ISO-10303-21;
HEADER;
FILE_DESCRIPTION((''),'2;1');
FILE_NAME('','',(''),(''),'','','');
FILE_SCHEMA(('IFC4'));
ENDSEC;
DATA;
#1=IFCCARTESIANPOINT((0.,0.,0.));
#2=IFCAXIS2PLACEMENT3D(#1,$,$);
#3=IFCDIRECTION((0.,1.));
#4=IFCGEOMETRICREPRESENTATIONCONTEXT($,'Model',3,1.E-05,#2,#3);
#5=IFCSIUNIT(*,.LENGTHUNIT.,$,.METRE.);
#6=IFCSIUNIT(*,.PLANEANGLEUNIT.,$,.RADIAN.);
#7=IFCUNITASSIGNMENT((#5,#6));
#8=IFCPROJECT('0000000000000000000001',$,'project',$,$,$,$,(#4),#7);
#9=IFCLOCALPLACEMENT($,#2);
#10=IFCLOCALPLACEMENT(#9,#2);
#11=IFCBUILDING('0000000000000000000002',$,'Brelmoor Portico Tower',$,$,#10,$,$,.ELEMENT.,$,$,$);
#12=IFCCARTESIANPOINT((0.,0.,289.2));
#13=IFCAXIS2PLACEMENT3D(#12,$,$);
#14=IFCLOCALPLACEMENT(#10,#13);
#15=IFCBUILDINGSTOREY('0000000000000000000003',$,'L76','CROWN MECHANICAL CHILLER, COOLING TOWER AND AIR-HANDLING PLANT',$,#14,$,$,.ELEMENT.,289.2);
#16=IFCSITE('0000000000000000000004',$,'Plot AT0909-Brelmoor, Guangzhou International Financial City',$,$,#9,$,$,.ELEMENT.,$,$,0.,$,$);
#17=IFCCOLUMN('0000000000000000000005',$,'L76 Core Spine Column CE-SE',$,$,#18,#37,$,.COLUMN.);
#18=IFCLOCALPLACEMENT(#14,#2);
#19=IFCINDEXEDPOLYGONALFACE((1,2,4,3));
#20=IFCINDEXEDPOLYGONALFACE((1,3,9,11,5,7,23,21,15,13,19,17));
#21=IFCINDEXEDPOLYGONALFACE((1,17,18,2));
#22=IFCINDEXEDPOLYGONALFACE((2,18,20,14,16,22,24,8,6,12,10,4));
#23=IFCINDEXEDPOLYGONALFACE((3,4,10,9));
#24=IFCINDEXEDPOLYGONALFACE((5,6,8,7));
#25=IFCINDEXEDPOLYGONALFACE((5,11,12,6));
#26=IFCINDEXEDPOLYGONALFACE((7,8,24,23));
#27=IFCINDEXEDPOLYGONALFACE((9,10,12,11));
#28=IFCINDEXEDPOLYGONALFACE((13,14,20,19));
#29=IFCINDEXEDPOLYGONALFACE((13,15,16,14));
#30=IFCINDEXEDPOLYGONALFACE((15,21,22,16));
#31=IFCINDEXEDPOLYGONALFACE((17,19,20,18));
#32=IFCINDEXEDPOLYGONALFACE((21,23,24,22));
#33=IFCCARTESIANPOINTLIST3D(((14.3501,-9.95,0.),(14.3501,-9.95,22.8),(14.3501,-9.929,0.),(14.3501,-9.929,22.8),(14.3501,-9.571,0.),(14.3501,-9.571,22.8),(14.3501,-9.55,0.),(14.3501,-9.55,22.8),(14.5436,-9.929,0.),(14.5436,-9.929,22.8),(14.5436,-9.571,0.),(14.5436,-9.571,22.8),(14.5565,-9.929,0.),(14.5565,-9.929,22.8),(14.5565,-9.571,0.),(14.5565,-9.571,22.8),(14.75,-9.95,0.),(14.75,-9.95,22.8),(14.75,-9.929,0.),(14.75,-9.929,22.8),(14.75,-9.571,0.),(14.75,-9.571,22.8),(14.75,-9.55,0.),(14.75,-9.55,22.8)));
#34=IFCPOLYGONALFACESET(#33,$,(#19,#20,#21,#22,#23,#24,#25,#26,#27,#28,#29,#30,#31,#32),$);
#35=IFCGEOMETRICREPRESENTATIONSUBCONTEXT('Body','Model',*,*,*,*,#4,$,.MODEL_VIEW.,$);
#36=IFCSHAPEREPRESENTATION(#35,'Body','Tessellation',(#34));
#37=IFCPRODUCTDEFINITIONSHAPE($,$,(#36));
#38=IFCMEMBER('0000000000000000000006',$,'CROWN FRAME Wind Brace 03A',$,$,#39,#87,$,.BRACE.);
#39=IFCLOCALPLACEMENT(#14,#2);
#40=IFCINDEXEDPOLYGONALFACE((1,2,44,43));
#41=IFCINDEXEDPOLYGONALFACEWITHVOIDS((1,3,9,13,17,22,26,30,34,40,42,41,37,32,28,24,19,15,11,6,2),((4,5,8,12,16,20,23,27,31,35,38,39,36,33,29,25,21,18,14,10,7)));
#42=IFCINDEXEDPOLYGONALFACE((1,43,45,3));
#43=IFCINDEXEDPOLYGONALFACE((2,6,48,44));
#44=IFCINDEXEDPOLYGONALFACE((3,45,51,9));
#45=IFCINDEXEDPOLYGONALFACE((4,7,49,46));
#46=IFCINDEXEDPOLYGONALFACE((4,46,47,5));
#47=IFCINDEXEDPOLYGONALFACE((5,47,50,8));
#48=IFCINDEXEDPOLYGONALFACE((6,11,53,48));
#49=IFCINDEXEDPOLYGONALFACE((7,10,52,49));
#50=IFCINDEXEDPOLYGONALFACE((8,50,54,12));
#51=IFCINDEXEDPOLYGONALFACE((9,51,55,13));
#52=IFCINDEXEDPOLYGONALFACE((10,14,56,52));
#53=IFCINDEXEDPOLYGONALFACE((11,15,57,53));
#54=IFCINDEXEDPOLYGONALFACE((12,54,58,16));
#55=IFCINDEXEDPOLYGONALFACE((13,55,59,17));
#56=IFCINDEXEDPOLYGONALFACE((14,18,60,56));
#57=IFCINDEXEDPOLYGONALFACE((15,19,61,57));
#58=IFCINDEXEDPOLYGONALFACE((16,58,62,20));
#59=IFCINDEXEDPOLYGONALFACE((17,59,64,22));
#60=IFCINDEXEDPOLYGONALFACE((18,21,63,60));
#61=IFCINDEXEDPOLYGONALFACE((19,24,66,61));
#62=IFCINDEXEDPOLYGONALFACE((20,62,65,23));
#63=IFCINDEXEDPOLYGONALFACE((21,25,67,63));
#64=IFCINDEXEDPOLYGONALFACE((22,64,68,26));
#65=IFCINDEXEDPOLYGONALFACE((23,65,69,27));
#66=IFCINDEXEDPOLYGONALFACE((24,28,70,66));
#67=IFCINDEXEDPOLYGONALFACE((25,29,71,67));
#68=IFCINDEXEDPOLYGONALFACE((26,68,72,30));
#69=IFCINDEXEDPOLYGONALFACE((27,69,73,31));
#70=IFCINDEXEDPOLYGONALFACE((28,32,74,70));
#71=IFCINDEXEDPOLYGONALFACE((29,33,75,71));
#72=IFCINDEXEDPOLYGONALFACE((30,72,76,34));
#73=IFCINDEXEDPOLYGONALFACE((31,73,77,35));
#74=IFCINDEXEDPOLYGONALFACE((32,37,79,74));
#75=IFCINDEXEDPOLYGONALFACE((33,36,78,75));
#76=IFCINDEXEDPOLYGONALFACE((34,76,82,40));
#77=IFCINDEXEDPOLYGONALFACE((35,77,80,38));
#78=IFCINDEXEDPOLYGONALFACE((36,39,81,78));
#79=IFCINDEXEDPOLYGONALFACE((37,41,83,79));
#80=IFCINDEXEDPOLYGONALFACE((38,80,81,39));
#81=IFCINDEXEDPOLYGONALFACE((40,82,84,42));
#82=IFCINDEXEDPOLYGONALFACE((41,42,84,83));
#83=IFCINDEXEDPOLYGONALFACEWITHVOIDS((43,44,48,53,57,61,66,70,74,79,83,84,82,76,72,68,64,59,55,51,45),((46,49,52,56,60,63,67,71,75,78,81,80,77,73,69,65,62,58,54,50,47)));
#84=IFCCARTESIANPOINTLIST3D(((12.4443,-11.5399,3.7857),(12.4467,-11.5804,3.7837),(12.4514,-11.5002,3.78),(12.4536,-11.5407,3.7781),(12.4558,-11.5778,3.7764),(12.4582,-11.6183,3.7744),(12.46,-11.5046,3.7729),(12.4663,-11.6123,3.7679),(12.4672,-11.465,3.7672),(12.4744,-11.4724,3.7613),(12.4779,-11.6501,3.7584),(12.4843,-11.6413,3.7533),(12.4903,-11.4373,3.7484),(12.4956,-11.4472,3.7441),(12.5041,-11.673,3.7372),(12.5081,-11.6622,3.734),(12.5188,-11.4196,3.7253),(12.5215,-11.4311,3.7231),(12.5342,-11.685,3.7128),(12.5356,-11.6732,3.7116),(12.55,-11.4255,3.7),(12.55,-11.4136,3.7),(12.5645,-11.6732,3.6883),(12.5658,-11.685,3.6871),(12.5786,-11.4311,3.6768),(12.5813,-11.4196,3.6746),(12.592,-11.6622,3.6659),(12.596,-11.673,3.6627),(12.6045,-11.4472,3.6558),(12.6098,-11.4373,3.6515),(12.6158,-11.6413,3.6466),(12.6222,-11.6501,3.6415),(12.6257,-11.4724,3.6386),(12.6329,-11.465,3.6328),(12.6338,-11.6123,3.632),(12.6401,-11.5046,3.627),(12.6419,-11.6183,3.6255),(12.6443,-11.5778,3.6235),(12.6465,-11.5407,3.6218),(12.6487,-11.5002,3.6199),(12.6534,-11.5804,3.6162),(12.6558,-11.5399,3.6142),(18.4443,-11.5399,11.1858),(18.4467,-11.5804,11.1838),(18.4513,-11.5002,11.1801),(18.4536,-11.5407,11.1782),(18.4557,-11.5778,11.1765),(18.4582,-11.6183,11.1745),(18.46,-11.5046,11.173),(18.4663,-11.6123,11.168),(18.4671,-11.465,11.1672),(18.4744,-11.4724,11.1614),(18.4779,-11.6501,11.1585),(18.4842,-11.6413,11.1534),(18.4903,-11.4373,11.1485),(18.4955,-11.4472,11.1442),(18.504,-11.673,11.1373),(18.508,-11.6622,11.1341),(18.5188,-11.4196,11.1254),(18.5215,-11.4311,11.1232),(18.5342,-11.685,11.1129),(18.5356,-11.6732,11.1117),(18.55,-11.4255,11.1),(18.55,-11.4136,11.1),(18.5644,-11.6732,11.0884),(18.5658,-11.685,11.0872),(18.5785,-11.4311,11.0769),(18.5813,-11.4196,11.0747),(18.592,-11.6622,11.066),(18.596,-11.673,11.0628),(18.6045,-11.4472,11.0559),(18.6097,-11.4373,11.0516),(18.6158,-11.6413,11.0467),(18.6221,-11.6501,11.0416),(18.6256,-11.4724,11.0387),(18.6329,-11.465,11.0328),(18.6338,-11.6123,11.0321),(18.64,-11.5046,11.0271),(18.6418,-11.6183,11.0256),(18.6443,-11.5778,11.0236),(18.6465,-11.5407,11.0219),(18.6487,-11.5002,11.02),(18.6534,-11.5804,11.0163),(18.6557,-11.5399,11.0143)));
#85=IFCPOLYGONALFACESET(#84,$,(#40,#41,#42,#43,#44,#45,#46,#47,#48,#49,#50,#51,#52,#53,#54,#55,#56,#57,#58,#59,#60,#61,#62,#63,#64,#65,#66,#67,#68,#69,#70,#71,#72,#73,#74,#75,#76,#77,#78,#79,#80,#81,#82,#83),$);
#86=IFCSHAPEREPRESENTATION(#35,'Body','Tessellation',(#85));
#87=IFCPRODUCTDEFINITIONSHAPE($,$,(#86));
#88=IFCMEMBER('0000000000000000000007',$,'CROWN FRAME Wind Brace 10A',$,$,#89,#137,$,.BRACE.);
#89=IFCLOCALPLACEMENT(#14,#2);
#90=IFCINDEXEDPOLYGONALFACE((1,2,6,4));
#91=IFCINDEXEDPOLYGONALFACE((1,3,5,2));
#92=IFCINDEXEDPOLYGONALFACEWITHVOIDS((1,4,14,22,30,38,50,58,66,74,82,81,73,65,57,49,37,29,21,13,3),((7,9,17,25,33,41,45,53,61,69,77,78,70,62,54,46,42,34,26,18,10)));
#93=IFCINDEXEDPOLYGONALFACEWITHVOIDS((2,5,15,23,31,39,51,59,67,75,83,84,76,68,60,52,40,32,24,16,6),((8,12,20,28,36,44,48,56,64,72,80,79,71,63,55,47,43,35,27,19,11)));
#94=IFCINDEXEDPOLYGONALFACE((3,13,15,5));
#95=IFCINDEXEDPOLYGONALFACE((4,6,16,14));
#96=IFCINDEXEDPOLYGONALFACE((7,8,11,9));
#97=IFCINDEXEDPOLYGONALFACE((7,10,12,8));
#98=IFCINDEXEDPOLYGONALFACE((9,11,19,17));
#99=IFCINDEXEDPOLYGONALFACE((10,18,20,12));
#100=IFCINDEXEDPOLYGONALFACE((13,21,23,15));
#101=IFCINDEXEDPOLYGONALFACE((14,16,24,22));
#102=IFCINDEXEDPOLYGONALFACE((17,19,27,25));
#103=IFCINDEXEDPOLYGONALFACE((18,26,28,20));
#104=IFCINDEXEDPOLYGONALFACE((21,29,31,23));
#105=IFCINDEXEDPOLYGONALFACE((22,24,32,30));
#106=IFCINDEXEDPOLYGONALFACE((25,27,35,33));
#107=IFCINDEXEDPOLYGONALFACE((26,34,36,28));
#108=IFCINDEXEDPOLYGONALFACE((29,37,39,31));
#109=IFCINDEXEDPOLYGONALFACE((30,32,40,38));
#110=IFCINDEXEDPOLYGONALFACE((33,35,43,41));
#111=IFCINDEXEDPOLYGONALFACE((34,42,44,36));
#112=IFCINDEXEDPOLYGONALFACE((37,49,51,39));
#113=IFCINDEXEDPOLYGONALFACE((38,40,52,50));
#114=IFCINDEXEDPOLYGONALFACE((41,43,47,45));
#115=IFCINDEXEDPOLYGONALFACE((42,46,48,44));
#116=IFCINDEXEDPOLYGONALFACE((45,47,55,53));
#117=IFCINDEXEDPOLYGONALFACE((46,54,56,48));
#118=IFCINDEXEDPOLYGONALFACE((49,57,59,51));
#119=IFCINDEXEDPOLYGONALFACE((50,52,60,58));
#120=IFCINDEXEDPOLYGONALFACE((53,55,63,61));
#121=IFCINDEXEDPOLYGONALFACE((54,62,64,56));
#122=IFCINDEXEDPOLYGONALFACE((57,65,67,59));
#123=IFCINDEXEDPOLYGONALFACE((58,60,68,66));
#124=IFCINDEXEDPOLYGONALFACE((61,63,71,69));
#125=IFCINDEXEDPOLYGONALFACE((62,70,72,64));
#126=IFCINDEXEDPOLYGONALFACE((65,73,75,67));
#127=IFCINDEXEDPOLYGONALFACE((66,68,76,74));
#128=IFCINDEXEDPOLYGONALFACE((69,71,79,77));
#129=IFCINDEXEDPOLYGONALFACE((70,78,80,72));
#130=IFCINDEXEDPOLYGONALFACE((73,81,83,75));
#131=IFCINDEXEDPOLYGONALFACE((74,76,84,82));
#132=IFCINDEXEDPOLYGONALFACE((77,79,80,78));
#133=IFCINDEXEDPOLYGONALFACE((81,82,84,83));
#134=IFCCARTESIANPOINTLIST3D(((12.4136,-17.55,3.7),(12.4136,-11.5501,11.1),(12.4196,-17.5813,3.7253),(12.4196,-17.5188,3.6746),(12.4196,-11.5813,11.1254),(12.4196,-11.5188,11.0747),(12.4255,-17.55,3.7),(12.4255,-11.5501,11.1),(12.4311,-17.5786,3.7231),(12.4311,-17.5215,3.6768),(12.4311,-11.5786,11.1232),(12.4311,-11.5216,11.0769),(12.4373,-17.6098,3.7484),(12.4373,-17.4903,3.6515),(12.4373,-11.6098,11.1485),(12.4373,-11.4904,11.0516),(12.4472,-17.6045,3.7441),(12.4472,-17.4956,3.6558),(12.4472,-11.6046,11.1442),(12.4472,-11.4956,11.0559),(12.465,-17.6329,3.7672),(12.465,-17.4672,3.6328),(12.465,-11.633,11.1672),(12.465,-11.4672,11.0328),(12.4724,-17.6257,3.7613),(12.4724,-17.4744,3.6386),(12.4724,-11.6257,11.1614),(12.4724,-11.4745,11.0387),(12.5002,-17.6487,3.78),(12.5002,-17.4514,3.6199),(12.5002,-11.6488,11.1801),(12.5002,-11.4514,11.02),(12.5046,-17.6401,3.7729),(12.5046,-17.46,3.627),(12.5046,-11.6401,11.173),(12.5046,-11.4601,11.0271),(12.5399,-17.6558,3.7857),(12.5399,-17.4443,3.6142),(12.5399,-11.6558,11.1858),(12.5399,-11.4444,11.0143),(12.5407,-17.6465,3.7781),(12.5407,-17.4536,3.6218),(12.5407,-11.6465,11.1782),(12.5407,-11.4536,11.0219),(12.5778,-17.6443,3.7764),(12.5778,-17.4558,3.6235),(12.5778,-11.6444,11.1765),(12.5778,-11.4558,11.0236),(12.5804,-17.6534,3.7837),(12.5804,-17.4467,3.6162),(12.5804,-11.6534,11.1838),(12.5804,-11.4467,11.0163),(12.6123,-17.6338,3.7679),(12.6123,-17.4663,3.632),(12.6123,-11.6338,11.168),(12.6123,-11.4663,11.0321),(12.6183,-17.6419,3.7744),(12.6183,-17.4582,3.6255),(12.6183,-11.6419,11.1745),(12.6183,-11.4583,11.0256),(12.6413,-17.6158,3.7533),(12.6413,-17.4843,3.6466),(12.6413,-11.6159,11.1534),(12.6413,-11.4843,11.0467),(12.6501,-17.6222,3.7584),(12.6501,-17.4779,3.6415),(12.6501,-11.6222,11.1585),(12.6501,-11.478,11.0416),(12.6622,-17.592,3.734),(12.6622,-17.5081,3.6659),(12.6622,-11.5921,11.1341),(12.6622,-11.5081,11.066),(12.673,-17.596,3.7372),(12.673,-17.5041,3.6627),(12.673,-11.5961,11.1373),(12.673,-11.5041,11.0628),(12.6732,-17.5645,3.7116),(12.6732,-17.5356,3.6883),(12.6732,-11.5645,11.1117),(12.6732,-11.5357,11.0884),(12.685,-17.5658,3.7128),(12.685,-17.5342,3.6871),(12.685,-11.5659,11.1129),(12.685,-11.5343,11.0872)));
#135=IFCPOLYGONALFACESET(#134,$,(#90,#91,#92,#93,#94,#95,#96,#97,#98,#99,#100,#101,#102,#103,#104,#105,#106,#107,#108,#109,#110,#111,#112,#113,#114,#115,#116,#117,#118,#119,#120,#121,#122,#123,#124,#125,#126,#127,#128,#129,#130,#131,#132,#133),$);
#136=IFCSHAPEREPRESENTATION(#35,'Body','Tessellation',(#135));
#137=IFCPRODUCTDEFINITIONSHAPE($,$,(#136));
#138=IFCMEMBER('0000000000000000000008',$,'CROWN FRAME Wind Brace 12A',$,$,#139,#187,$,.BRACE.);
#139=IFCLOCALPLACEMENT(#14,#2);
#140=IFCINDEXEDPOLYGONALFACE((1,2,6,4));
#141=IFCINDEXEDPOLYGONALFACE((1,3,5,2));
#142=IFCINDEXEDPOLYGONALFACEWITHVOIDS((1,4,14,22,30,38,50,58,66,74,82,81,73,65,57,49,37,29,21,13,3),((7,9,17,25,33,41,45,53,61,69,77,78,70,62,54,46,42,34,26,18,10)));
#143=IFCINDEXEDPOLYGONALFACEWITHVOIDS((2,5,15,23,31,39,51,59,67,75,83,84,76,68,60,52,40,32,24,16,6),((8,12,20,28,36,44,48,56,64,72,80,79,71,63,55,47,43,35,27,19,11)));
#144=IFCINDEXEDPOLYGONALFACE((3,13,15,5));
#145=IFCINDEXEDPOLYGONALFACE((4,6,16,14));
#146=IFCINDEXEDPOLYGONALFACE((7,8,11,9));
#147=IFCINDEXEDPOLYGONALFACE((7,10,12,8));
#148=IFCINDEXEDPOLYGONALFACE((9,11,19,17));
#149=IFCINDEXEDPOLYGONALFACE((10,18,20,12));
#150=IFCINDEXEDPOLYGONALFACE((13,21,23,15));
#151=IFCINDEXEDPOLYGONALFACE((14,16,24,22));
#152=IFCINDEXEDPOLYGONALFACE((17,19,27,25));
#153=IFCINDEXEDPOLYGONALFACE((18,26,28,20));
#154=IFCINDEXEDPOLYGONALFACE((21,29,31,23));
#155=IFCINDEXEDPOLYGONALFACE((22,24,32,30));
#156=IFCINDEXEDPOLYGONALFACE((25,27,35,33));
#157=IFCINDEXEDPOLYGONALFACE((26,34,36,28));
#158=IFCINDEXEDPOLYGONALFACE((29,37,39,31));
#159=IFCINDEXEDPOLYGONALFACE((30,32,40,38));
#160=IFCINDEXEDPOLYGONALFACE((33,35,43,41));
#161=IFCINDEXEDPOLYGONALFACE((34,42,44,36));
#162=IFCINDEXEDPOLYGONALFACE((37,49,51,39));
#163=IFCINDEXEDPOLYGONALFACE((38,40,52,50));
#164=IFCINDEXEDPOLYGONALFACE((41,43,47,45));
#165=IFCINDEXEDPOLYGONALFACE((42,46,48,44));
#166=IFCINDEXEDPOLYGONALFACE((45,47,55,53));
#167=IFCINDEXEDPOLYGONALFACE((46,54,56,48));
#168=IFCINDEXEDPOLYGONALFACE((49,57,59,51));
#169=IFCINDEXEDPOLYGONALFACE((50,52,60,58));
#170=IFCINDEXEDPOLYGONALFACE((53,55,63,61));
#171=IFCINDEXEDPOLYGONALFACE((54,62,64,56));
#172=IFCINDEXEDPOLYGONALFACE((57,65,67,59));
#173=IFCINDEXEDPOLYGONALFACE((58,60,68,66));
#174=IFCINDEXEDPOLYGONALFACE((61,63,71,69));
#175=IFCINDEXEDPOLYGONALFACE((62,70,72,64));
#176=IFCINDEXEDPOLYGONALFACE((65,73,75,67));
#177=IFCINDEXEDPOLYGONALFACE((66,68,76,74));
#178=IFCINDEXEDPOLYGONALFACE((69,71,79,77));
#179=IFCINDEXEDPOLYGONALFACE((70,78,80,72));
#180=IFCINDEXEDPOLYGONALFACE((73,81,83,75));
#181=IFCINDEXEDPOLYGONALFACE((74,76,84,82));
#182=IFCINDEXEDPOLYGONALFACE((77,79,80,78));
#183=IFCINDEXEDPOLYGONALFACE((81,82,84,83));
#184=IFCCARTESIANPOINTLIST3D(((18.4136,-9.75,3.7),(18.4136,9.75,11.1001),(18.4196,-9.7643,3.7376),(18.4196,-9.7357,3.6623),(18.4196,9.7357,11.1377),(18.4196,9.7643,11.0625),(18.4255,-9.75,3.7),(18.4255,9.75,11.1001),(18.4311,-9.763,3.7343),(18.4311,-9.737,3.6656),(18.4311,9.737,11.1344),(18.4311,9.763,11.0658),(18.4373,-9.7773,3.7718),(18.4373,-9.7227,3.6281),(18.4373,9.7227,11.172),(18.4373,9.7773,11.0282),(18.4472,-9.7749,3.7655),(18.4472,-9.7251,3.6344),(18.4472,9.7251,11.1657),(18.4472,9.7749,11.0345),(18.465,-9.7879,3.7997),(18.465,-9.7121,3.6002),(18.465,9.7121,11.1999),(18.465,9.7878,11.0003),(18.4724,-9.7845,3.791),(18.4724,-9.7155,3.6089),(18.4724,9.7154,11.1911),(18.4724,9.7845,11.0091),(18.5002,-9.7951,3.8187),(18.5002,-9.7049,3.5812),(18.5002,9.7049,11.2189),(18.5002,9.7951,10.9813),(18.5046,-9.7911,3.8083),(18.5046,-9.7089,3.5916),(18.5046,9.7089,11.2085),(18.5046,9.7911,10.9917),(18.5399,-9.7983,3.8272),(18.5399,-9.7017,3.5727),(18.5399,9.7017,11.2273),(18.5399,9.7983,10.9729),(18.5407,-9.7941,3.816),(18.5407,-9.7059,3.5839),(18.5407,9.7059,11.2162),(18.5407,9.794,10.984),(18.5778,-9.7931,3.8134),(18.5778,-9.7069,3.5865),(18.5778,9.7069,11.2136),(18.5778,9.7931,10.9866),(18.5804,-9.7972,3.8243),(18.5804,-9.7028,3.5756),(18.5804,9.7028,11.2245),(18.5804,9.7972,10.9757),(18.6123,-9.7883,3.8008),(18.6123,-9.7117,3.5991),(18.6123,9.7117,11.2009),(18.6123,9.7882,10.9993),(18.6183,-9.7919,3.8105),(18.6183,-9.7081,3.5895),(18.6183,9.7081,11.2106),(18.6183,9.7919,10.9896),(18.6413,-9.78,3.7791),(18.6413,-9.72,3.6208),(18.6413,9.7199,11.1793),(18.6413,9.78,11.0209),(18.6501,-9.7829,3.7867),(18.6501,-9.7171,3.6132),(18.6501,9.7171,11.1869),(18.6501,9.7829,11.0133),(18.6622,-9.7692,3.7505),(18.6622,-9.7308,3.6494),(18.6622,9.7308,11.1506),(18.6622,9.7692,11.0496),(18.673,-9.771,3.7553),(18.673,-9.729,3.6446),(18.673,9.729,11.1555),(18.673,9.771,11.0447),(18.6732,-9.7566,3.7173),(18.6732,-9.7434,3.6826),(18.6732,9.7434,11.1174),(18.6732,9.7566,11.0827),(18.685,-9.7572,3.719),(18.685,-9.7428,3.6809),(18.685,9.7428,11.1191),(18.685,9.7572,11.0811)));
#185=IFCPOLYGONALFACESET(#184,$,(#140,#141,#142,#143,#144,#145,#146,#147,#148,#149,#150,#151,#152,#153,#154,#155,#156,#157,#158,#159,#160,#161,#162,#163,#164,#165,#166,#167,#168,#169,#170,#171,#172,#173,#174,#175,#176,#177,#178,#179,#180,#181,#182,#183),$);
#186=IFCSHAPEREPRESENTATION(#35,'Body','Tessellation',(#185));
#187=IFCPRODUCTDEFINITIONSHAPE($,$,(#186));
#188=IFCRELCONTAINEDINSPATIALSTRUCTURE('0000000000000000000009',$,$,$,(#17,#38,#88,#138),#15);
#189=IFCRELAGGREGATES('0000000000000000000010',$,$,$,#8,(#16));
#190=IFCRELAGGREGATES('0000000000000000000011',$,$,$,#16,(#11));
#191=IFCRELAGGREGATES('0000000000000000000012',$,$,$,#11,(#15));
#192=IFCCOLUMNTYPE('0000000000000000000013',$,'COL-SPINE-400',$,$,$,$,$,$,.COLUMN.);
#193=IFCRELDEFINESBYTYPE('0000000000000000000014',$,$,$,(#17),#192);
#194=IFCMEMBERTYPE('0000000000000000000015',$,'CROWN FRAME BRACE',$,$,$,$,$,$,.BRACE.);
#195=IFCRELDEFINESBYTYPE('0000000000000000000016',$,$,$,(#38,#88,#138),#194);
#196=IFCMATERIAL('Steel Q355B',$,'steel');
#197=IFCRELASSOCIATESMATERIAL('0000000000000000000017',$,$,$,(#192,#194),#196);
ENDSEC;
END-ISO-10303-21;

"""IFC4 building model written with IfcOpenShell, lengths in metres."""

from ifc_helpers import new_model, si_unit, direction, frame, origin, origin_2d, place, context, subcontext, project, spatial, hollow_circle, i_section, extrude, material, material_profile, profile_set, type_object, element, save


model = new_model("IFC4")

# Units and contexts
model_context = context("Model", 3, precision=1e-05, world=origin(), true_north=direction((0.0, 1.0)))
body_context = subcontext(model_context, "Body", "Model", "MODEL_VIEW")
ifc_project = project(units=[si_unit("LENGTHUNIT", "METRE"), si_unit("PLANEANGLEUNIT", "RADIAN")], contexts=[model_context])

# Site, building, storey
site_placement = place(None, origin())
site = spatial("IfcSite", under=ifc_project, at=site_placement, Name="Plot AT0909-Brelmoor, Guangzhou International Financial City", CompositionType="ELEMENT", RefElevation=0.0)
building_placement = place(site_placement, origin())
building = spatial("IfcBuilding", under=site, at=building_placement, Name="Brelmoor Portico Tower", CompositionType="ELEMENT")
storey_placement = place(building_placement, frame((0.0, 0.0, 289.2)))
storey = spatial("IfcBuildingStorey", under=building, at=storey_placement, Name="L76", Description="CROWN MECHANICAL CHILLER, COOLING TOWER AND AIR-HANDLING PLANT", CompositionType="ELEMENT", Elevation=289.2)

# Column
ifc_material_1 = material(Name="Steel Q355B", Category="steel")
ifc_material_profile_1 = material_profile(ifc_material_1, i_section(OverallWidth=0.3999, OverallDepth=0.3999, WebThickness=0.0129, FlangeThickness=0.021, at=origin_2d()), Name="HW 400x400x13x21")
ifc_profile_set_1 = profile_set([ifc_material_profile_1], Name="Steel Q355B")
column_type = type_object("IfcColumnType", Name="COL-SPINE-400", PredefinedType="COLUMN", material=ifc_profile_set_1)
column_placement = place(storey_placement, frame((14.55, -9.75, 0.0), z_axis=(0.0, 0.0, 1.0), x_axis=(1.0, 0.0, 0.0)))
element("IfcColumn", 1, at=column_placement, inside=storey, type_object=column_type, Name="L76 Core Spine Column CE-SE", PredefinedType="COLUMN", context=body_context, shape_type="SweptSolid", body=[
    extrude(i_section(OverallWidth=0.3999, OverallDepth=0.3999, WebThickness=0.0129, FlangeThickness=0.021, at=origin_2d()), origin(), (0.0, 0.0, 1.0), 22.8),
])

# Members
ifc_material_profile_2 = material_profile(ifc_material_1, hollow_circle(Radius=0.1365, WallThickness=0.012, at=origin_2d()), Name="CHS 273x12")
ifc_profile_set_2 = profile_set([ifc_material_profile_2], Name="Steel Q355B")
member_type_1 = type_object("IfcMemberType", Name="CROWN FRAME BRACE", PredefinedType="BRACE", material=ifc_profile_set_2)
for number, where, z_axis, x_axis, name in (
    (2, (12.55, -11.55, 3.7), (0.629794, 0.0, 0.776762), (0.0, 1.0, 0.0), "CROWN FRAME Wind Brace 03A"),
    (3, (12.55, -17.55, 3.7), (0.0, 0.629794, 0.776762), (-1.0, 0.0, 0.0), "CROWN FRAME Wind Brace 10A"),
):
    element("IfcMember", number, at=place(storey_placement, frame(where, z_axis=z_axis, x_axis=x_axis)), inside=storey, type_object=member_type_1, Name=name, PredefinedType="BRACE", context=body_context, shape_type="SweptSolid", body=[
        extrude(hollow_circle(Radius=0.1365, WallThickness=0.012, at=origin_2d()), origin(), (0.0, 0.0, 1.0), 9.5269),
    ])
member_placement = place(storey_placement, frame((18.55, -9.75, 3.7), z_axis=(0.0, 0.93494, 0.354805), x_axis=(-1.0, 0.0, 0.0)))
element("IfcMember", 4, at=member_placement, inside=storey, type_object=member_type_1, Name="CROWN FRAME Wind Brace 12A", PredefinedType="BRACE", context=body_context, shape_type="SweptSolid", body=[
    extrude(hollow_circle(Radius=0.1365, WallThickness=0.012, at=origin_2d()), origin(), (0.0, 0.0, 1.0), 20.8569),
])

save(model, "model.ifc")
